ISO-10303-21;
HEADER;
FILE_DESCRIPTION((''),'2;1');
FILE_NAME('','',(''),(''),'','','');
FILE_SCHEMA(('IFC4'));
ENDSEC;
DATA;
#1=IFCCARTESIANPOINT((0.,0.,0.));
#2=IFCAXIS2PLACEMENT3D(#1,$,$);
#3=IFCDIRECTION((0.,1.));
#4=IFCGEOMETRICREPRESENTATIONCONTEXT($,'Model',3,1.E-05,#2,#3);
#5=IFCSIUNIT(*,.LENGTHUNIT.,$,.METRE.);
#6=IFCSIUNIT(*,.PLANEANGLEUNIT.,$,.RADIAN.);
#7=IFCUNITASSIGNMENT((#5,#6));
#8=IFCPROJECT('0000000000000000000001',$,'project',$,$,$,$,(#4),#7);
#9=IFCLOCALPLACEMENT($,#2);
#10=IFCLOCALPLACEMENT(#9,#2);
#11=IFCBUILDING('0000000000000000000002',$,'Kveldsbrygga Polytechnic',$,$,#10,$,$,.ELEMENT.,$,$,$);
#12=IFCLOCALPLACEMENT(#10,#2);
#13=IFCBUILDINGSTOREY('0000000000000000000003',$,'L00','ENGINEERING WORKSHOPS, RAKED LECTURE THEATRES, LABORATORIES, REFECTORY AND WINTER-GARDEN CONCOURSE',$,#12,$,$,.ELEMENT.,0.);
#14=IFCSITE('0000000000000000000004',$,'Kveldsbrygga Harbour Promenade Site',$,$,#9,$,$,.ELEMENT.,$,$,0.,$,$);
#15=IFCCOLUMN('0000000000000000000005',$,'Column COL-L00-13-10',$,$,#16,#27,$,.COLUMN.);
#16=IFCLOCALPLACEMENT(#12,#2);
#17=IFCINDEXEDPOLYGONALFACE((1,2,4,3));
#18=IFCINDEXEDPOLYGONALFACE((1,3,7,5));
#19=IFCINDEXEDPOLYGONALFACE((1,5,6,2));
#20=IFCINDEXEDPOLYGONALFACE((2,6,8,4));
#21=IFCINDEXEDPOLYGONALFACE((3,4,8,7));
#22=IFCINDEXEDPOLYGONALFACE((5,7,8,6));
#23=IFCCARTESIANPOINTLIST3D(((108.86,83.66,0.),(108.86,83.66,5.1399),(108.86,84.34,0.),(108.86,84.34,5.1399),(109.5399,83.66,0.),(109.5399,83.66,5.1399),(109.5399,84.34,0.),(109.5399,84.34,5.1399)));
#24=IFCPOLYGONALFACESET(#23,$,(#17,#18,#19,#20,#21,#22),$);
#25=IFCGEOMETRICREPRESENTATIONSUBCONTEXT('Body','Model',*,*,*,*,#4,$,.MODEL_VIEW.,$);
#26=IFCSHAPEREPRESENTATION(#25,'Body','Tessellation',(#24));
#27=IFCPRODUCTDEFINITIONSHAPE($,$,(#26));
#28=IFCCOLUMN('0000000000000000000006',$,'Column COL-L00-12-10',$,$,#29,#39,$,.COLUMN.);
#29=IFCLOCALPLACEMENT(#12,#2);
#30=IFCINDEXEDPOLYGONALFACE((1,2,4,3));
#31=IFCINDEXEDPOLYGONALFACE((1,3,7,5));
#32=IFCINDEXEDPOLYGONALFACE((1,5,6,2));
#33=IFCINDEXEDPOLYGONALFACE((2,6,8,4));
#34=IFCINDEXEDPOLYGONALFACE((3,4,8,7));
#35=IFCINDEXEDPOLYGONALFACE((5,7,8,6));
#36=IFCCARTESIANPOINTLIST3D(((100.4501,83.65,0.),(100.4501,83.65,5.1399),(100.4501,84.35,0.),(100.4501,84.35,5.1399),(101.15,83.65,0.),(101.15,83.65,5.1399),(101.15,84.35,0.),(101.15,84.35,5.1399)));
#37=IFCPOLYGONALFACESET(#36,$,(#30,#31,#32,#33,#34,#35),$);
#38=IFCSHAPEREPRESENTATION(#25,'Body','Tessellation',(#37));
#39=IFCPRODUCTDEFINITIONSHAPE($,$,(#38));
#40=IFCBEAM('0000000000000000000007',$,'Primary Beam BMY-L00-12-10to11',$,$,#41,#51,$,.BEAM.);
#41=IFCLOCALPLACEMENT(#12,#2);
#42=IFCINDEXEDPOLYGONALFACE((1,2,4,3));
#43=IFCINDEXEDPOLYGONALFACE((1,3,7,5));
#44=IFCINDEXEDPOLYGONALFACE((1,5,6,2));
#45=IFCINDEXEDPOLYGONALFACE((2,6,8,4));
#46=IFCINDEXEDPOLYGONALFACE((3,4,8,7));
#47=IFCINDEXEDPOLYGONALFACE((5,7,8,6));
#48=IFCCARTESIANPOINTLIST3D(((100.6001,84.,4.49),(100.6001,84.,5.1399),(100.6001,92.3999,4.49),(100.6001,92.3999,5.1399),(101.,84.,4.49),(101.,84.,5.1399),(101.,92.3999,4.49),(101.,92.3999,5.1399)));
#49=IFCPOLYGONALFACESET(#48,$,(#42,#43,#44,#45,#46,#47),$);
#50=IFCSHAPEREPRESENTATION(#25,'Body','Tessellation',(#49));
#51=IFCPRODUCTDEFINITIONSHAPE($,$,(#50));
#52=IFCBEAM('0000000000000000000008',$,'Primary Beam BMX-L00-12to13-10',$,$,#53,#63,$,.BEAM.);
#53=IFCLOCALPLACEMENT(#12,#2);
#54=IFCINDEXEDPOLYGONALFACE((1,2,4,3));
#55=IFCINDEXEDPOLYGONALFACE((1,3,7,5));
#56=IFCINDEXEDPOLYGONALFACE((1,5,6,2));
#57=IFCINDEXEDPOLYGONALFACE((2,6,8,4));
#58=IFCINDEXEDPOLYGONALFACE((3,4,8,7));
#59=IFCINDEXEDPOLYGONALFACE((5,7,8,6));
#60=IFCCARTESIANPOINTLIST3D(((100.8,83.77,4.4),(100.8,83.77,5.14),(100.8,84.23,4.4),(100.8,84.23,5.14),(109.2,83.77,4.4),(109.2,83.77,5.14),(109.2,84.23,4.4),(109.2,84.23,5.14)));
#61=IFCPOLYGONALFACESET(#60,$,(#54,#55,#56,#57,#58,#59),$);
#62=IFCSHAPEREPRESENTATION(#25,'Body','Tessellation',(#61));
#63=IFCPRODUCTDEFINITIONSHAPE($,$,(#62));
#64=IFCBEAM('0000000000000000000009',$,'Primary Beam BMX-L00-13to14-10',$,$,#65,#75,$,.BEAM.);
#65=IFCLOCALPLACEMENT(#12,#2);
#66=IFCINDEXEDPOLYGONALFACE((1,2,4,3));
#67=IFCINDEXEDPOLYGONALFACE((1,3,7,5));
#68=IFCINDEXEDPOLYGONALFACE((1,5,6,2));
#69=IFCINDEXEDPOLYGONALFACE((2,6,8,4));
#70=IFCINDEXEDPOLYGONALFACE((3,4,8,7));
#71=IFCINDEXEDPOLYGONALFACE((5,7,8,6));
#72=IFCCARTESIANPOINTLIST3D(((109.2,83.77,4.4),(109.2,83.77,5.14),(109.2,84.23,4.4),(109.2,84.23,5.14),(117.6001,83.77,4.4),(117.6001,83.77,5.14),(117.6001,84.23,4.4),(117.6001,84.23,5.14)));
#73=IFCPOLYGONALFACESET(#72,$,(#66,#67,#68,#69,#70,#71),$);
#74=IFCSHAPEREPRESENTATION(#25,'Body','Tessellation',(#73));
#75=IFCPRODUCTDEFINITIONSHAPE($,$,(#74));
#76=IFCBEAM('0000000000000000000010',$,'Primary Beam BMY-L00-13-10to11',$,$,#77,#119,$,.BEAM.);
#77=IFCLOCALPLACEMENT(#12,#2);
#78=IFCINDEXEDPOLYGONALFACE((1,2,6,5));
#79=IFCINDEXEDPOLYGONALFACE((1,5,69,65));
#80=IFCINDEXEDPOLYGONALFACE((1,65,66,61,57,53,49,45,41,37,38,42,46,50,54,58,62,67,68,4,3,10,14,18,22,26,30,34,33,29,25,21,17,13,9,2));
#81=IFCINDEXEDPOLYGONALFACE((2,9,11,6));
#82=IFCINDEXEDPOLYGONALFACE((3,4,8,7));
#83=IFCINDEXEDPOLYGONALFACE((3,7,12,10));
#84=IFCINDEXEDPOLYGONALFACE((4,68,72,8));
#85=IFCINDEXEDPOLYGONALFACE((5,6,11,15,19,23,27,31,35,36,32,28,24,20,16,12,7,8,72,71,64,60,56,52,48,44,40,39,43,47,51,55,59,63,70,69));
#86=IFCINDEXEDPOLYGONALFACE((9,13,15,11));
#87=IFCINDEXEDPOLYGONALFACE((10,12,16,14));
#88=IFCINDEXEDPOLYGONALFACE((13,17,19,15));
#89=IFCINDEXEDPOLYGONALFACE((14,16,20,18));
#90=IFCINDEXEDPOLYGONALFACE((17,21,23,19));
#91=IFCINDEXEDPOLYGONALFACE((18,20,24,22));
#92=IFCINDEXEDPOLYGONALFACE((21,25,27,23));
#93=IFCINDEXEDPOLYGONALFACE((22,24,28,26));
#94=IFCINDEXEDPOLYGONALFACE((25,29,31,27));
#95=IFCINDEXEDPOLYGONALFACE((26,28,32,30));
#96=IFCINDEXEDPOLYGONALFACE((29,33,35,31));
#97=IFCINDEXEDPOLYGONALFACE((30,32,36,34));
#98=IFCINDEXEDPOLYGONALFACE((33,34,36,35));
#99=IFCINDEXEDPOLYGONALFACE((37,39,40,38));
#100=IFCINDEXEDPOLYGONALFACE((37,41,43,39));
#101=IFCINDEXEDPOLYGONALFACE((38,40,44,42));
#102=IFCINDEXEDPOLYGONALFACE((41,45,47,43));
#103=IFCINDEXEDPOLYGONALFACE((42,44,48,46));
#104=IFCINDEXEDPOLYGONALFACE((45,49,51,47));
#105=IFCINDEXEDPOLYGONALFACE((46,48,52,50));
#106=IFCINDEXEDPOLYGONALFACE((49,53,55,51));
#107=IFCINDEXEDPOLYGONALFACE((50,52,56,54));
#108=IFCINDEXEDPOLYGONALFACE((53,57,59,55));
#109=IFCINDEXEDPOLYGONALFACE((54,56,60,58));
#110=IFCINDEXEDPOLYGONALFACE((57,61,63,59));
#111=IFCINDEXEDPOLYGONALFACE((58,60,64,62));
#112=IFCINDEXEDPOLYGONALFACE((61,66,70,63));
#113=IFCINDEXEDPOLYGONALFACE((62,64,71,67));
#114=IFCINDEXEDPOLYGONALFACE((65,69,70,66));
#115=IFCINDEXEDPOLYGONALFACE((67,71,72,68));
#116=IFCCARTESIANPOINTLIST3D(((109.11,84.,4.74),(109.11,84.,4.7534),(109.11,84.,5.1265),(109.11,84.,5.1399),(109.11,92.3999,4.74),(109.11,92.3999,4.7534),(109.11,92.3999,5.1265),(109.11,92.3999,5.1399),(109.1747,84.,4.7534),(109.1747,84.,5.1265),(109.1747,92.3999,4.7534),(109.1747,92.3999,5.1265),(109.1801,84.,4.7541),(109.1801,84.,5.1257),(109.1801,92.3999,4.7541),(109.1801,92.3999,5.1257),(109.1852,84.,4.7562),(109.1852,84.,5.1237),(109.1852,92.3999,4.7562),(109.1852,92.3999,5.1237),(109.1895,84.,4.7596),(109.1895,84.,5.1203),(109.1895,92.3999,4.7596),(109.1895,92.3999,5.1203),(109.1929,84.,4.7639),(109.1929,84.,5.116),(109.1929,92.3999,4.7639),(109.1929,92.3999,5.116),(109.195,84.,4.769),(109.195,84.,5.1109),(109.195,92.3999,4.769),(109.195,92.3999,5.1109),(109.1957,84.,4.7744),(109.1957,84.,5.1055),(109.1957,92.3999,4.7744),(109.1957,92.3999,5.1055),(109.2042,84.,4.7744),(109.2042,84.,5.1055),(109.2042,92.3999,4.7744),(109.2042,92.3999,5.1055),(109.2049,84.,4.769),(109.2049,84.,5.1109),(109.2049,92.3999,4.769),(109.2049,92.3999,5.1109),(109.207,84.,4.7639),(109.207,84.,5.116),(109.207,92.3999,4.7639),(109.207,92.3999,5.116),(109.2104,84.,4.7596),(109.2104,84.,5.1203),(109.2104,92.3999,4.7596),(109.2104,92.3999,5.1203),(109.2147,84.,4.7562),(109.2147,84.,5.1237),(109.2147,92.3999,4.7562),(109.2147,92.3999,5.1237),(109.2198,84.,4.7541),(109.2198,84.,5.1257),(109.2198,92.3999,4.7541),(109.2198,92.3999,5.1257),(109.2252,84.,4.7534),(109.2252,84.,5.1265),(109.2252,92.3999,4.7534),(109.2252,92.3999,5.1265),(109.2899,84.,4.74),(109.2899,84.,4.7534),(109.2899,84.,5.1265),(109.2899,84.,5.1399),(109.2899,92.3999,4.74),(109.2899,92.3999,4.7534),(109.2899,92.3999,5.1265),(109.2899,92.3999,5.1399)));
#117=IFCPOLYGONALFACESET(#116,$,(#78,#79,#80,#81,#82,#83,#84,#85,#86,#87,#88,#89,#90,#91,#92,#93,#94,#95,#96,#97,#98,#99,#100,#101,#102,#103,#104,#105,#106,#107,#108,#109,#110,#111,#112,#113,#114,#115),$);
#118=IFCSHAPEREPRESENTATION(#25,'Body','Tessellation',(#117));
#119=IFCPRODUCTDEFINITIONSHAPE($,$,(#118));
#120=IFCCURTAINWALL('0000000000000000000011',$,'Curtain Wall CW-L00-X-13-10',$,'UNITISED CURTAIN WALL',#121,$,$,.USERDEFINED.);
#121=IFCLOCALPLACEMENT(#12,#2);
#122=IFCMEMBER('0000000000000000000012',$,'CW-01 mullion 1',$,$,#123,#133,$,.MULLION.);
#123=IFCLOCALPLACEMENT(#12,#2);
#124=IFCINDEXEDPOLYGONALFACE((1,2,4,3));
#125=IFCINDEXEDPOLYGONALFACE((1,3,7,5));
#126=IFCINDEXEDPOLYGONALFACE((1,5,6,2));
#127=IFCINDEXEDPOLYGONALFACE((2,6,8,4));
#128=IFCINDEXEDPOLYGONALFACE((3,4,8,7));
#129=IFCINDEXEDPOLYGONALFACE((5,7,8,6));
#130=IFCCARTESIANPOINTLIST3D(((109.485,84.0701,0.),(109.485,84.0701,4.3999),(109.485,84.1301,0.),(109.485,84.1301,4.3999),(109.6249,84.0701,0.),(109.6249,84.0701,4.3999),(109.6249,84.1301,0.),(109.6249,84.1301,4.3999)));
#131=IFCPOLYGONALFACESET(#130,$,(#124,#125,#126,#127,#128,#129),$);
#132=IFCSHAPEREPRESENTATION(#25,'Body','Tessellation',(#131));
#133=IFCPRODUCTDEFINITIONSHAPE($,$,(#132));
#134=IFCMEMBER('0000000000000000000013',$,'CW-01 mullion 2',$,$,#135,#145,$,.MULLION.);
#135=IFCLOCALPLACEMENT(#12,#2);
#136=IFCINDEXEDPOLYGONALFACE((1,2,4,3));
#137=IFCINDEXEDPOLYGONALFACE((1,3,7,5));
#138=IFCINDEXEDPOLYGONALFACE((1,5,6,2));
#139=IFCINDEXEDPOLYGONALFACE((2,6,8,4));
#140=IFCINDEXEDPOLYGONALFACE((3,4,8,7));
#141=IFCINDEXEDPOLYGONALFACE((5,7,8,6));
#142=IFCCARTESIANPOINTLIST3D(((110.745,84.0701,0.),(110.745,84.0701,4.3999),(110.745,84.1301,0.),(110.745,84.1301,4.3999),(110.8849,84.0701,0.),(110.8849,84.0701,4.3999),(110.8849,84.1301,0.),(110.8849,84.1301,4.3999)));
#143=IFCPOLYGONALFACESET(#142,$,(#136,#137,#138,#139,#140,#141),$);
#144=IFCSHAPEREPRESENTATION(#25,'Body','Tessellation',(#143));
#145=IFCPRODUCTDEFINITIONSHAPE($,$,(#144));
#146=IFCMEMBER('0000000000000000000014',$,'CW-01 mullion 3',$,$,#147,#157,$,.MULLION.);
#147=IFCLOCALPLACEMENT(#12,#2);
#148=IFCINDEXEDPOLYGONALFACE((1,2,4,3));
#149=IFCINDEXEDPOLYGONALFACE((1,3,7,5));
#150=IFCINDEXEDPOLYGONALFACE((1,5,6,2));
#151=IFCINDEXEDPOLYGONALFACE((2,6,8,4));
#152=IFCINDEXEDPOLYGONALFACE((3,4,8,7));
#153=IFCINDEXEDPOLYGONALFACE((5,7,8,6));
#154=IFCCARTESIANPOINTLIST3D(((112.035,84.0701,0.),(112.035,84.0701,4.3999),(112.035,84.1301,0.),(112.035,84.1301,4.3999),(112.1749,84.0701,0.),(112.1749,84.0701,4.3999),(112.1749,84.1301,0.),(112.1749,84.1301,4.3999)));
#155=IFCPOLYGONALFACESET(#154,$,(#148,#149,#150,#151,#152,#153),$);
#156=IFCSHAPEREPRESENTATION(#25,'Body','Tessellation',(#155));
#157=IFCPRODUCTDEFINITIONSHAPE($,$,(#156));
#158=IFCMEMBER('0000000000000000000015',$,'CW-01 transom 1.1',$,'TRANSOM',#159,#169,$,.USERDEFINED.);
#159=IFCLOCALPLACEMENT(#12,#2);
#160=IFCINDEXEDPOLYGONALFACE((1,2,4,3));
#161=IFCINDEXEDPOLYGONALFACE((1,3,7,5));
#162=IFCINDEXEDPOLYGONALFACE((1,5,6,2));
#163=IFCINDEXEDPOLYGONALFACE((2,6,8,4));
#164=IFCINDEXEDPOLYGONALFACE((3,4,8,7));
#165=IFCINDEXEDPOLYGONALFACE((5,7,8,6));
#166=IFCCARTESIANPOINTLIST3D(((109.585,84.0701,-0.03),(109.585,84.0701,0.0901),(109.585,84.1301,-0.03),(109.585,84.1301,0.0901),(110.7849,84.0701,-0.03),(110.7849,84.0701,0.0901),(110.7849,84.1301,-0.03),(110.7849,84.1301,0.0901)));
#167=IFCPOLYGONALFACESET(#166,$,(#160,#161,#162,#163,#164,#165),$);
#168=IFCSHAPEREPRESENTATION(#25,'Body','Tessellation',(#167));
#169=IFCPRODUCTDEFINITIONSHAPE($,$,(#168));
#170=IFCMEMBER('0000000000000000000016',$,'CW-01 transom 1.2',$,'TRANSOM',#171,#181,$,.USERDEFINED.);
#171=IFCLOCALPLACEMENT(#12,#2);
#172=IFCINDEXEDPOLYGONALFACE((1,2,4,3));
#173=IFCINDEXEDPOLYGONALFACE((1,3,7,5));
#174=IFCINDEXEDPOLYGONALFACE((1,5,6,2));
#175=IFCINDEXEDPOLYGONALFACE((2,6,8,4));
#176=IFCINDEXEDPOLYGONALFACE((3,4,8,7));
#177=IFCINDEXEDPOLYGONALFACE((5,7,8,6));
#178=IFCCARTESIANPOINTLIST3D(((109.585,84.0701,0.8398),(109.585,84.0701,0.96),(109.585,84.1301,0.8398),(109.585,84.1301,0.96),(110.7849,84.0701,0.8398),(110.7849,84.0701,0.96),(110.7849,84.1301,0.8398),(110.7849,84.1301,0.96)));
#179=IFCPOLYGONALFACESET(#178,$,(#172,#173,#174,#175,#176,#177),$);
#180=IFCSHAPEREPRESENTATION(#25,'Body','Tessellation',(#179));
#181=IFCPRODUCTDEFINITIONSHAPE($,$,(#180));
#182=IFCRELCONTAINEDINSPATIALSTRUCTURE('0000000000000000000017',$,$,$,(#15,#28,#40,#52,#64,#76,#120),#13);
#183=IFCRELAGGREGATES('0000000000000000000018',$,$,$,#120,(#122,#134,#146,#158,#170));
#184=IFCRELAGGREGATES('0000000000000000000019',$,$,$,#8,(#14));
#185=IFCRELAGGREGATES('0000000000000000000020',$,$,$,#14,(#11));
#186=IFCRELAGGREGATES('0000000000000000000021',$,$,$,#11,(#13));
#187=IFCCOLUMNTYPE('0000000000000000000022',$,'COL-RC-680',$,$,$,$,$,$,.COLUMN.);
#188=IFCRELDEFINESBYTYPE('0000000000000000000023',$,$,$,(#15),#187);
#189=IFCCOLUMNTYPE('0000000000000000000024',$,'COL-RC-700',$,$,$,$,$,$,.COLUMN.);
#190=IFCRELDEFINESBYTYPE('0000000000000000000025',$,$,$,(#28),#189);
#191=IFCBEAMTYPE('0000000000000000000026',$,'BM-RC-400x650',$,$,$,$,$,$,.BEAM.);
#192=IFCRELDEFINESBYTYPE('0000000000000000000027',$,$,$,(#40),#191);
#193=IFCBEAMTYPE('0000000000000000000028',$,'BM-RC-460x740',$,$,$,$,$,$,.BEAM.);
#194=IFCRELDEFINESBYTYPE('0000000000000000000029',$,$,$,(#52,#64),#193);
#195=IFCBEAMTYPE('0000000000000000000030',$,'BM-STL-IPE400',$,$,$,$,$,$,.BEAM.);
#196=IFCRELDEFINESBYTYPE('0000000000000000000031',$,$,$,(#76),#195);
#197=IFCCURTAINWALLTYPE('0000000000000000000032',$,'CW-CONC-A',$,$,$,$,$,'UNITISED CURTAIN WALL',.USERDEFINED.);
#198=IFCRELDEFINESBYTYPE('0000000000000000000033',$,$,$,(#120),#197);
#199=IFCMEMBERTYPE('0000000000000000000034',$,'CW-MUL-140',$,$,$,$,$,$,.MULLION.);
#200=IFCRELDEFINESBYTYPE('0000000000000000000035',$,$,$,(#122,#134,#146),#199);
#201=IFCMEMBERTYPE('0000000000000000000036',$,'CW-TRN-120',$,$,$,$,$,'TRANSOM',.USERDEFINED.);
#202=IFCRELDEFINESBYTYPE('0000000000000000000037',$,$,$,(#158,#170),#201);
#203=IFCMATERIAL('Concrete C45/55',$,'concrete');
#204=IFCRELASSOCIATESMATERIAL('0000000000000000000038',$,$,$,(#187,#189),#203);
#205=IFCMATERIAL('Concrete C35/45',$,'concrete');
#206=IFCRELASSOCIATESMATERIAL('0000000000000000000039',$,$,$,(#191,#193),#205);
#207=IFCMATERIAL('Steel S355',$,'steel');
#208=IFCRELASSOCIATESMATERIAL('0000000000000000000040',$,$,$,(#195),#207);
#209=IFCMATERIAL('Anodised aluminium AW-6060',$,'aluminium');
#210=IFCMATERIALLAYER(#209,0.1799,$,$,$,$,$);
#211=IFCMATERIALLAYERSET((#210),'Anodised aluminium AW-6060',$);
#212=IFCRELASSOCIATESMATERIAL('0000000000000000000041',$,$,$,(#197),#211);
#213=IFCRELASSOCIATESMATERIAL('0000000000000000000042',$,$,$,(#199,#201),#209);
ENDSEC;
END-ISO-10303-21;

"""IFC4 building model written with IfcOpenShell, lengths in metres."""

from ifc_helpers import new_model, si_unit, direction, frame, origin, origin_2d, place, context, subcontext, project, spatial, rectangle, i_section, extrude, material, layer, layer_set, material_profile, profile_set, type_object, element, aggregate, save


model = new_model("IFC4")

# Units and contexts
model_context = context("Model", 3, precision=1e-05, world=origin(), true_north=direction((0.0, 1.0)))
body_context = subcontext(model_context, "Body", "Model", "MODEL_VIEW")
ifc_project = project(units=[si_unit("LENGTHUNIT", "METRE"), si_unit("PLANEANGLEUNIT", "RADIAN")], contexts=[model_context])

# Site, building, storey
site_placement = place(None, origin())
site = spatial("IfcSite", under=ifc_project, at=site_placement, Name="Kveldsbrygga Harbour Promenade Site", CompositionType="ELEMENT", RefElevation=0.0)
building_placement = place(site_placement, origin())
building = spatial("IfcBuilding", under=site, at=building_placement, Name="Kveldsbrygga Polytechnic", CompositionType="ELEMENT")
storey_placement = place(building_placement, origin())
storey = spatial("IfcBuildingStorey", under=building, at=storey_placement, Name="L00", Description="ENGINEERING WORKSHOPS, RAKED LECTURE THEATRES, LABORATORIES, REFECTORY AND WINTER-GARDEN CONCOURSE", CompositionType="ELEMENT", Elevation=0.0)

# Columns
ifc_material_1 = material(Name="Concrete C45/55", Category="concrete")
ifc_material_profile_1 = material_profile(ifc_material_1, rectangle(XDim=0.6799, YDim=0.6799, at=origin_2d()), Name="RC 680x680")
ifc_profile_set_1 = profile_set([ifc_material_profile_1], Name="Concrete C45/55")
column_type_1 = type_object("IfcColumnType", Name="COL-RC-680", PredefinedType="COLUMN", material=ifc_profile_set_1)
column_1_placement = place(storey_placement, frame((109.2, 84.0, 0.0), z_axis=(0.0, 0.0, 1.0), x_axis=(1.0, 0.0, 0.0)))
element("IfcColumn", 1, at=column_1_placement, inside=storey, type_object=column_type_1, Name="Column COL-L00-13-10", PredefinedType="COLUMN", context=body_context, shape_type="SweptSolid", body=[
    extrude(rectangle(XDim=0.6799, YDim=0.6799, at=origin_2d()), origin(), (0.0, 0.0, 1.0), 5.1399),
])
ifc_material_profile_2 = material_profile(ifc_material_1, rectangle(XDim=0.7, YDim=0.7, at=origin_2d()), Name="RC 700x700")
ifc_profile_set_2 = profile_set([ifc_material_profile_2], Name="Concrete C45/55")
column_type_2 = type_object("IfcColumnType", Name="COL-RC-700", PredefinedType="COLUMN", material=ifc_profile_set_2)
column_2_placement = place(storey_placement, frame((100.8, 84.0, 0.0), z_axis=(0.0, 0.0, 1.0), x_axis=(1.0, 0.0, 0.0)))
element("IfcColumn", 2, at=column_2_placement, inside=storey, type_object=column_type_2, Name="Column COL-L00-12-10", PredefinedType="COLUMN", context=body_context, shape_type="SweptSolid", body=[
    extrude(rectangle(XDim=0.7, YDim=0.7, at=origin_2d()), origin(), (0.0, 0.0, 1.0), 5.1399),
])

# Beams
ifc_material_2 = material(Name="Concrete C35/45", Category="concrete")
ifc_material_profile_3 = material_profile(ifc_material_2, rectangle(XDim=0.3999, YDim=0.6499, at=origin_2d()), Name="RC 400x650")
ifc_profile_set_3 = profile_set([ifc_material_profile_3], Name="Concrete C35/45")
beam_type_1 = type_object("IfcBeamType", Name="BM-RC-400x650", PredefinedType="BEAM", material=ifc_profile_set_3)
beam_1_placement = place(storey_placement, frame((100.8, 84.0, 4.8149), z_axis=(0.0, 1.0, 0.0), x_axis=(-1.0, 0.0, 0.0)))
element("IfcBeam", 3, at=beam_1_placement, inside=storey, type_object=beam_type_1, Name="Primary Beam BMY-L00-12-10to11", PredefinedType="BEAM", context=body_context, shape_type="SweptSolid", body=[
    extrude(rectangle(XDim=0.3999, YDim=0.6499, at=origin_2d()), origin(), (0.0, 0.0, 1.0), 8.3999),
])
ifc_material_profile_4 = material_profile(ifc_material_2, rectangle(XDim=0.46, YDim=0.74, at=origin_2d()), Name="RC 460x740")
ifc_profile_set_4 = profile_set([ifc_material_profile_4], Name="Concrete C35/45")
beam_type_2 = type_object("IfcBeamType", Name="BM-RC-460x740", PredefinedType="BEAM", material=ifc_profile_set_4)
beam_2_placement = place(storey_placement, frame((100.8, 84.0, 4.77), z_axis=(1.0, 0.0, 0.0), x_axis=(0.0, 1.0, 0.0)))
element("IfcBeam", 4, at=beam_2_placement, inside=storey, type_object=beam_type_2, Name="Primary Beam BMX-L00-12to13-10", PredefinedType="BEAM", context=body_context, shape_type="SweptSolid", body=[
    extrude(rectangle(XDim=0.46, YDim=0.74, at=origin_2d()), origin(), (0.0, 0.0, 1.0), 8.3999),
])
beam_3_placement = place(storey_placement, frame((109.2, 84.0, 4.77), z_axis=(1.0, 0.0, 0.0), x_axis=(0.0, 1.0, 0.0)))
element("IfcBeam", 5, at=beam_3_placement, inside=storey, type_object=beam_type_2, Name="Primary Beam BMX-L00-13to14-10", PredefinedType="BEAM", context=body_context, shape_type="SweptSolid", body=[
    extrude(rectangle(XDim=0.46, YDim=0.74, at=origin_2d()), origin(), (0.0, 0.0, 1.0), 8.4001),
])
ifc_material_3 = material(Name="Steel S355", Category="steel")
ifc_material_profile_5 = material_profile(ifc_material_3, i_section(OverallWidth=0.1799, OverallDepth=0.3999, WebThickness=0.0085, FlangeThickness=0.0134, FilletRadius=0.021, at=origin_2d()), Name="IPE 400")
ifc_profile_set_5 = profile_set([ifc_material_profile_5], Name="Steel S355")
beam_type_3 = type_object("IfcBeamType", Name="BM-STL-IPE400", PredefinedType="BEAM", material=ifc_profile_set_5)
beam_4_placement = place(storey_placement, frame((109.2, 84.0, 4.9399), z_axis=(0.0, 1.0, 0.0), x_axis=(-1.0, 0.0, 0.0)))
element("IfcBeam", 6, at=beam_4_placement, inside=storey, type_object=beam_type_3, Name="Primary Beam BMY-L00-13-10to11", PredefinedType="BEAM", context=body_context, shape_type="SweptSolid", body=[
    extrude(i_section(OverallWidth=0.1799, OverallDepth=0.3999, WebThickness=0.0085, FlangeThickness=0.0134, FilletRadius=0.021, at=origin_2d()), origin(), (0.0, 0.0, 1.0), 8.3999),
])

# Curtain wall, members
ifc_material_4 = material(Name="Anodised aluminium AW-6060", Category="aluminium")
ifc_layer_1 = layer(ifc_material_4, 0.1799)
ifc_layer_set_1 = layer_set([ifc_layer_1], Name="Anodised aluminium AW-6060")
curtain_wall_type = type_object("IfcCurtainWallType", Name="CW-CONC-A", ElementType="UNITISED CURTAIN WALL", PredefinedType="USERDEFINED", material=ifc_layer_set_1)
curtain_wall_placement = place(storey_placement, origin())
curtain_wall = element("IfcCurtainWall", 7, at=curtain_wall_placement, inside=storey, type_object=curtain_wall_type, Name="Curtain Wall CW-L00-X-13-10", ObjectType="UNITISED CURTAIN WALL", PredefinedType="USERDEFINED")
ifc_material_profile_6 = material_profile(ifc_material_4, rectangle(XDim=0.0601, YDim=0.1399, at=origin_2d()), Name="ALU 60x140")
ifc_profile_set_6 = profile_set([ifc_material_profile_6], Name="Anodised aluminium AW-6060")
member_type_1 = type_object("IfcMemberType", Name="CW-MUL-140", PredefinedType="MULLION", material=ifc_profile_set_6)
member_1_placement = place(storey_placement, frame((109.5549, 84.1001, 0.0), z_axis=(0.0, 0.0, 1.0), x_axis=(0.0, 1.0, 0.0)))
member_1 = element("IfcMember", 8, at=member_1_placement, type_object=member_type_1, Name="CW-01 mullion 1", PredefinedType="MULLION", context=body_context, shape_type="SweptSolid", body=[
    extrude(rectangle(XDim=0.0601, YDim=0.1399, at=origin_2d()), origin(), (0.0, 0.0, 1.0), 4.3999),
])
member_2_placement = place(storey_placement, frame((110.8149, 84.1001, 0.0), z_axis=(0.0, 0.0, 1.0), x_axis=(0.0, 1.0, 0.0)))
member_2 = element("IfcMember", 9, at=member_2_placement, type_object=member_type_1, Name="CW-01 mullion 2", PredefinedType="MULLION", context=body_context, shape_type="SweptSolid", body=[
    extrude(rectangle(XDim=0.0601, YDim=0.1399, at=origin_2d()), origin(), (0.0, 0.0, 1.0), 4.3999),
])
member_3_placement = place(storey_placement, frame((112.105, 84.1001, 0.0), z_axis=(0.0, 0.0, 1.0), x_axis=(0.0, 1.0, 0.0)))
member_3 = element("IfcMember", 10, at=member_3_placement, type_object=member_type_1, Name="CW-01 mullion 3", PredefinedType="MULLION", context=body_context, shape_type="SweptSolid", body=[
    extrude(rectangle(XDim=0.0601, YDim=0.1399, at=origin_2d()), origin(), (0.0, 0.0, 1.0), 4.3999),
])
ifc_material_profile_7 = material_profile(ifc_material_4, rectangle(XDim=0.0601, YDim=0.1201, at=origin_2d()), Name="ALU 60x120")
ifc_profile_set_7 = profile_set([ifc_material_profile_7], Name="Anodised aluminium AW-6060")
member_type_2 = type_object("IfcMemberType", Name="CW-TRN-120", ElementType="TRANSOM", PredefinedType="USERDEFINED", material=ifc_profile_set_7)
member_4_placement = place(storey_placement, frame((109.585, 84.1001, 0.03), z_axis=(1.0, 0.0, 0.0), x_axis=(0.0, 1.0, 0.0)))
member_4 = element("IfcMember", 11, at=member_4_placement, type_object=member_type_2, Name="CW-01 transom 1.1", ObjectType="TRANSOM", PredefinedType="USERDEFINED", context=body_context, shape_type="SweptSolid", body=[
    extrude(rectangle(XDim=0.0601, YDim=0.1201, at=origin_2d()), origin(), (0.0, 0.0, 1.0), 1.2),
])
member_5_placement = place(storey_placement, frame((109.585, 84.1001, 0.8999), z_axis=(1.0, 0.0, 0.0), x_axis=(0.0, 1.0, 0.0)))
member_5 = element("IfcMember", 12, at=member_5_placement, type_object=member_type_2, Name="CW-01 transom 1.2", ObjectType="TRANSOM", PredefinedType="USERDEFINED", context=body_context, shape_type="SweptSolid", body=[
    extrude(rectangle(XDim=0.0601, YDim=0.1201, at=origin_2d()), origin(), (0.0, 0.0, 1.0), 1.2),
])

aggregate(curtain_wall, [member_1, member_2, member_3, member_4, member_5])

save(model, "model.ifc")
